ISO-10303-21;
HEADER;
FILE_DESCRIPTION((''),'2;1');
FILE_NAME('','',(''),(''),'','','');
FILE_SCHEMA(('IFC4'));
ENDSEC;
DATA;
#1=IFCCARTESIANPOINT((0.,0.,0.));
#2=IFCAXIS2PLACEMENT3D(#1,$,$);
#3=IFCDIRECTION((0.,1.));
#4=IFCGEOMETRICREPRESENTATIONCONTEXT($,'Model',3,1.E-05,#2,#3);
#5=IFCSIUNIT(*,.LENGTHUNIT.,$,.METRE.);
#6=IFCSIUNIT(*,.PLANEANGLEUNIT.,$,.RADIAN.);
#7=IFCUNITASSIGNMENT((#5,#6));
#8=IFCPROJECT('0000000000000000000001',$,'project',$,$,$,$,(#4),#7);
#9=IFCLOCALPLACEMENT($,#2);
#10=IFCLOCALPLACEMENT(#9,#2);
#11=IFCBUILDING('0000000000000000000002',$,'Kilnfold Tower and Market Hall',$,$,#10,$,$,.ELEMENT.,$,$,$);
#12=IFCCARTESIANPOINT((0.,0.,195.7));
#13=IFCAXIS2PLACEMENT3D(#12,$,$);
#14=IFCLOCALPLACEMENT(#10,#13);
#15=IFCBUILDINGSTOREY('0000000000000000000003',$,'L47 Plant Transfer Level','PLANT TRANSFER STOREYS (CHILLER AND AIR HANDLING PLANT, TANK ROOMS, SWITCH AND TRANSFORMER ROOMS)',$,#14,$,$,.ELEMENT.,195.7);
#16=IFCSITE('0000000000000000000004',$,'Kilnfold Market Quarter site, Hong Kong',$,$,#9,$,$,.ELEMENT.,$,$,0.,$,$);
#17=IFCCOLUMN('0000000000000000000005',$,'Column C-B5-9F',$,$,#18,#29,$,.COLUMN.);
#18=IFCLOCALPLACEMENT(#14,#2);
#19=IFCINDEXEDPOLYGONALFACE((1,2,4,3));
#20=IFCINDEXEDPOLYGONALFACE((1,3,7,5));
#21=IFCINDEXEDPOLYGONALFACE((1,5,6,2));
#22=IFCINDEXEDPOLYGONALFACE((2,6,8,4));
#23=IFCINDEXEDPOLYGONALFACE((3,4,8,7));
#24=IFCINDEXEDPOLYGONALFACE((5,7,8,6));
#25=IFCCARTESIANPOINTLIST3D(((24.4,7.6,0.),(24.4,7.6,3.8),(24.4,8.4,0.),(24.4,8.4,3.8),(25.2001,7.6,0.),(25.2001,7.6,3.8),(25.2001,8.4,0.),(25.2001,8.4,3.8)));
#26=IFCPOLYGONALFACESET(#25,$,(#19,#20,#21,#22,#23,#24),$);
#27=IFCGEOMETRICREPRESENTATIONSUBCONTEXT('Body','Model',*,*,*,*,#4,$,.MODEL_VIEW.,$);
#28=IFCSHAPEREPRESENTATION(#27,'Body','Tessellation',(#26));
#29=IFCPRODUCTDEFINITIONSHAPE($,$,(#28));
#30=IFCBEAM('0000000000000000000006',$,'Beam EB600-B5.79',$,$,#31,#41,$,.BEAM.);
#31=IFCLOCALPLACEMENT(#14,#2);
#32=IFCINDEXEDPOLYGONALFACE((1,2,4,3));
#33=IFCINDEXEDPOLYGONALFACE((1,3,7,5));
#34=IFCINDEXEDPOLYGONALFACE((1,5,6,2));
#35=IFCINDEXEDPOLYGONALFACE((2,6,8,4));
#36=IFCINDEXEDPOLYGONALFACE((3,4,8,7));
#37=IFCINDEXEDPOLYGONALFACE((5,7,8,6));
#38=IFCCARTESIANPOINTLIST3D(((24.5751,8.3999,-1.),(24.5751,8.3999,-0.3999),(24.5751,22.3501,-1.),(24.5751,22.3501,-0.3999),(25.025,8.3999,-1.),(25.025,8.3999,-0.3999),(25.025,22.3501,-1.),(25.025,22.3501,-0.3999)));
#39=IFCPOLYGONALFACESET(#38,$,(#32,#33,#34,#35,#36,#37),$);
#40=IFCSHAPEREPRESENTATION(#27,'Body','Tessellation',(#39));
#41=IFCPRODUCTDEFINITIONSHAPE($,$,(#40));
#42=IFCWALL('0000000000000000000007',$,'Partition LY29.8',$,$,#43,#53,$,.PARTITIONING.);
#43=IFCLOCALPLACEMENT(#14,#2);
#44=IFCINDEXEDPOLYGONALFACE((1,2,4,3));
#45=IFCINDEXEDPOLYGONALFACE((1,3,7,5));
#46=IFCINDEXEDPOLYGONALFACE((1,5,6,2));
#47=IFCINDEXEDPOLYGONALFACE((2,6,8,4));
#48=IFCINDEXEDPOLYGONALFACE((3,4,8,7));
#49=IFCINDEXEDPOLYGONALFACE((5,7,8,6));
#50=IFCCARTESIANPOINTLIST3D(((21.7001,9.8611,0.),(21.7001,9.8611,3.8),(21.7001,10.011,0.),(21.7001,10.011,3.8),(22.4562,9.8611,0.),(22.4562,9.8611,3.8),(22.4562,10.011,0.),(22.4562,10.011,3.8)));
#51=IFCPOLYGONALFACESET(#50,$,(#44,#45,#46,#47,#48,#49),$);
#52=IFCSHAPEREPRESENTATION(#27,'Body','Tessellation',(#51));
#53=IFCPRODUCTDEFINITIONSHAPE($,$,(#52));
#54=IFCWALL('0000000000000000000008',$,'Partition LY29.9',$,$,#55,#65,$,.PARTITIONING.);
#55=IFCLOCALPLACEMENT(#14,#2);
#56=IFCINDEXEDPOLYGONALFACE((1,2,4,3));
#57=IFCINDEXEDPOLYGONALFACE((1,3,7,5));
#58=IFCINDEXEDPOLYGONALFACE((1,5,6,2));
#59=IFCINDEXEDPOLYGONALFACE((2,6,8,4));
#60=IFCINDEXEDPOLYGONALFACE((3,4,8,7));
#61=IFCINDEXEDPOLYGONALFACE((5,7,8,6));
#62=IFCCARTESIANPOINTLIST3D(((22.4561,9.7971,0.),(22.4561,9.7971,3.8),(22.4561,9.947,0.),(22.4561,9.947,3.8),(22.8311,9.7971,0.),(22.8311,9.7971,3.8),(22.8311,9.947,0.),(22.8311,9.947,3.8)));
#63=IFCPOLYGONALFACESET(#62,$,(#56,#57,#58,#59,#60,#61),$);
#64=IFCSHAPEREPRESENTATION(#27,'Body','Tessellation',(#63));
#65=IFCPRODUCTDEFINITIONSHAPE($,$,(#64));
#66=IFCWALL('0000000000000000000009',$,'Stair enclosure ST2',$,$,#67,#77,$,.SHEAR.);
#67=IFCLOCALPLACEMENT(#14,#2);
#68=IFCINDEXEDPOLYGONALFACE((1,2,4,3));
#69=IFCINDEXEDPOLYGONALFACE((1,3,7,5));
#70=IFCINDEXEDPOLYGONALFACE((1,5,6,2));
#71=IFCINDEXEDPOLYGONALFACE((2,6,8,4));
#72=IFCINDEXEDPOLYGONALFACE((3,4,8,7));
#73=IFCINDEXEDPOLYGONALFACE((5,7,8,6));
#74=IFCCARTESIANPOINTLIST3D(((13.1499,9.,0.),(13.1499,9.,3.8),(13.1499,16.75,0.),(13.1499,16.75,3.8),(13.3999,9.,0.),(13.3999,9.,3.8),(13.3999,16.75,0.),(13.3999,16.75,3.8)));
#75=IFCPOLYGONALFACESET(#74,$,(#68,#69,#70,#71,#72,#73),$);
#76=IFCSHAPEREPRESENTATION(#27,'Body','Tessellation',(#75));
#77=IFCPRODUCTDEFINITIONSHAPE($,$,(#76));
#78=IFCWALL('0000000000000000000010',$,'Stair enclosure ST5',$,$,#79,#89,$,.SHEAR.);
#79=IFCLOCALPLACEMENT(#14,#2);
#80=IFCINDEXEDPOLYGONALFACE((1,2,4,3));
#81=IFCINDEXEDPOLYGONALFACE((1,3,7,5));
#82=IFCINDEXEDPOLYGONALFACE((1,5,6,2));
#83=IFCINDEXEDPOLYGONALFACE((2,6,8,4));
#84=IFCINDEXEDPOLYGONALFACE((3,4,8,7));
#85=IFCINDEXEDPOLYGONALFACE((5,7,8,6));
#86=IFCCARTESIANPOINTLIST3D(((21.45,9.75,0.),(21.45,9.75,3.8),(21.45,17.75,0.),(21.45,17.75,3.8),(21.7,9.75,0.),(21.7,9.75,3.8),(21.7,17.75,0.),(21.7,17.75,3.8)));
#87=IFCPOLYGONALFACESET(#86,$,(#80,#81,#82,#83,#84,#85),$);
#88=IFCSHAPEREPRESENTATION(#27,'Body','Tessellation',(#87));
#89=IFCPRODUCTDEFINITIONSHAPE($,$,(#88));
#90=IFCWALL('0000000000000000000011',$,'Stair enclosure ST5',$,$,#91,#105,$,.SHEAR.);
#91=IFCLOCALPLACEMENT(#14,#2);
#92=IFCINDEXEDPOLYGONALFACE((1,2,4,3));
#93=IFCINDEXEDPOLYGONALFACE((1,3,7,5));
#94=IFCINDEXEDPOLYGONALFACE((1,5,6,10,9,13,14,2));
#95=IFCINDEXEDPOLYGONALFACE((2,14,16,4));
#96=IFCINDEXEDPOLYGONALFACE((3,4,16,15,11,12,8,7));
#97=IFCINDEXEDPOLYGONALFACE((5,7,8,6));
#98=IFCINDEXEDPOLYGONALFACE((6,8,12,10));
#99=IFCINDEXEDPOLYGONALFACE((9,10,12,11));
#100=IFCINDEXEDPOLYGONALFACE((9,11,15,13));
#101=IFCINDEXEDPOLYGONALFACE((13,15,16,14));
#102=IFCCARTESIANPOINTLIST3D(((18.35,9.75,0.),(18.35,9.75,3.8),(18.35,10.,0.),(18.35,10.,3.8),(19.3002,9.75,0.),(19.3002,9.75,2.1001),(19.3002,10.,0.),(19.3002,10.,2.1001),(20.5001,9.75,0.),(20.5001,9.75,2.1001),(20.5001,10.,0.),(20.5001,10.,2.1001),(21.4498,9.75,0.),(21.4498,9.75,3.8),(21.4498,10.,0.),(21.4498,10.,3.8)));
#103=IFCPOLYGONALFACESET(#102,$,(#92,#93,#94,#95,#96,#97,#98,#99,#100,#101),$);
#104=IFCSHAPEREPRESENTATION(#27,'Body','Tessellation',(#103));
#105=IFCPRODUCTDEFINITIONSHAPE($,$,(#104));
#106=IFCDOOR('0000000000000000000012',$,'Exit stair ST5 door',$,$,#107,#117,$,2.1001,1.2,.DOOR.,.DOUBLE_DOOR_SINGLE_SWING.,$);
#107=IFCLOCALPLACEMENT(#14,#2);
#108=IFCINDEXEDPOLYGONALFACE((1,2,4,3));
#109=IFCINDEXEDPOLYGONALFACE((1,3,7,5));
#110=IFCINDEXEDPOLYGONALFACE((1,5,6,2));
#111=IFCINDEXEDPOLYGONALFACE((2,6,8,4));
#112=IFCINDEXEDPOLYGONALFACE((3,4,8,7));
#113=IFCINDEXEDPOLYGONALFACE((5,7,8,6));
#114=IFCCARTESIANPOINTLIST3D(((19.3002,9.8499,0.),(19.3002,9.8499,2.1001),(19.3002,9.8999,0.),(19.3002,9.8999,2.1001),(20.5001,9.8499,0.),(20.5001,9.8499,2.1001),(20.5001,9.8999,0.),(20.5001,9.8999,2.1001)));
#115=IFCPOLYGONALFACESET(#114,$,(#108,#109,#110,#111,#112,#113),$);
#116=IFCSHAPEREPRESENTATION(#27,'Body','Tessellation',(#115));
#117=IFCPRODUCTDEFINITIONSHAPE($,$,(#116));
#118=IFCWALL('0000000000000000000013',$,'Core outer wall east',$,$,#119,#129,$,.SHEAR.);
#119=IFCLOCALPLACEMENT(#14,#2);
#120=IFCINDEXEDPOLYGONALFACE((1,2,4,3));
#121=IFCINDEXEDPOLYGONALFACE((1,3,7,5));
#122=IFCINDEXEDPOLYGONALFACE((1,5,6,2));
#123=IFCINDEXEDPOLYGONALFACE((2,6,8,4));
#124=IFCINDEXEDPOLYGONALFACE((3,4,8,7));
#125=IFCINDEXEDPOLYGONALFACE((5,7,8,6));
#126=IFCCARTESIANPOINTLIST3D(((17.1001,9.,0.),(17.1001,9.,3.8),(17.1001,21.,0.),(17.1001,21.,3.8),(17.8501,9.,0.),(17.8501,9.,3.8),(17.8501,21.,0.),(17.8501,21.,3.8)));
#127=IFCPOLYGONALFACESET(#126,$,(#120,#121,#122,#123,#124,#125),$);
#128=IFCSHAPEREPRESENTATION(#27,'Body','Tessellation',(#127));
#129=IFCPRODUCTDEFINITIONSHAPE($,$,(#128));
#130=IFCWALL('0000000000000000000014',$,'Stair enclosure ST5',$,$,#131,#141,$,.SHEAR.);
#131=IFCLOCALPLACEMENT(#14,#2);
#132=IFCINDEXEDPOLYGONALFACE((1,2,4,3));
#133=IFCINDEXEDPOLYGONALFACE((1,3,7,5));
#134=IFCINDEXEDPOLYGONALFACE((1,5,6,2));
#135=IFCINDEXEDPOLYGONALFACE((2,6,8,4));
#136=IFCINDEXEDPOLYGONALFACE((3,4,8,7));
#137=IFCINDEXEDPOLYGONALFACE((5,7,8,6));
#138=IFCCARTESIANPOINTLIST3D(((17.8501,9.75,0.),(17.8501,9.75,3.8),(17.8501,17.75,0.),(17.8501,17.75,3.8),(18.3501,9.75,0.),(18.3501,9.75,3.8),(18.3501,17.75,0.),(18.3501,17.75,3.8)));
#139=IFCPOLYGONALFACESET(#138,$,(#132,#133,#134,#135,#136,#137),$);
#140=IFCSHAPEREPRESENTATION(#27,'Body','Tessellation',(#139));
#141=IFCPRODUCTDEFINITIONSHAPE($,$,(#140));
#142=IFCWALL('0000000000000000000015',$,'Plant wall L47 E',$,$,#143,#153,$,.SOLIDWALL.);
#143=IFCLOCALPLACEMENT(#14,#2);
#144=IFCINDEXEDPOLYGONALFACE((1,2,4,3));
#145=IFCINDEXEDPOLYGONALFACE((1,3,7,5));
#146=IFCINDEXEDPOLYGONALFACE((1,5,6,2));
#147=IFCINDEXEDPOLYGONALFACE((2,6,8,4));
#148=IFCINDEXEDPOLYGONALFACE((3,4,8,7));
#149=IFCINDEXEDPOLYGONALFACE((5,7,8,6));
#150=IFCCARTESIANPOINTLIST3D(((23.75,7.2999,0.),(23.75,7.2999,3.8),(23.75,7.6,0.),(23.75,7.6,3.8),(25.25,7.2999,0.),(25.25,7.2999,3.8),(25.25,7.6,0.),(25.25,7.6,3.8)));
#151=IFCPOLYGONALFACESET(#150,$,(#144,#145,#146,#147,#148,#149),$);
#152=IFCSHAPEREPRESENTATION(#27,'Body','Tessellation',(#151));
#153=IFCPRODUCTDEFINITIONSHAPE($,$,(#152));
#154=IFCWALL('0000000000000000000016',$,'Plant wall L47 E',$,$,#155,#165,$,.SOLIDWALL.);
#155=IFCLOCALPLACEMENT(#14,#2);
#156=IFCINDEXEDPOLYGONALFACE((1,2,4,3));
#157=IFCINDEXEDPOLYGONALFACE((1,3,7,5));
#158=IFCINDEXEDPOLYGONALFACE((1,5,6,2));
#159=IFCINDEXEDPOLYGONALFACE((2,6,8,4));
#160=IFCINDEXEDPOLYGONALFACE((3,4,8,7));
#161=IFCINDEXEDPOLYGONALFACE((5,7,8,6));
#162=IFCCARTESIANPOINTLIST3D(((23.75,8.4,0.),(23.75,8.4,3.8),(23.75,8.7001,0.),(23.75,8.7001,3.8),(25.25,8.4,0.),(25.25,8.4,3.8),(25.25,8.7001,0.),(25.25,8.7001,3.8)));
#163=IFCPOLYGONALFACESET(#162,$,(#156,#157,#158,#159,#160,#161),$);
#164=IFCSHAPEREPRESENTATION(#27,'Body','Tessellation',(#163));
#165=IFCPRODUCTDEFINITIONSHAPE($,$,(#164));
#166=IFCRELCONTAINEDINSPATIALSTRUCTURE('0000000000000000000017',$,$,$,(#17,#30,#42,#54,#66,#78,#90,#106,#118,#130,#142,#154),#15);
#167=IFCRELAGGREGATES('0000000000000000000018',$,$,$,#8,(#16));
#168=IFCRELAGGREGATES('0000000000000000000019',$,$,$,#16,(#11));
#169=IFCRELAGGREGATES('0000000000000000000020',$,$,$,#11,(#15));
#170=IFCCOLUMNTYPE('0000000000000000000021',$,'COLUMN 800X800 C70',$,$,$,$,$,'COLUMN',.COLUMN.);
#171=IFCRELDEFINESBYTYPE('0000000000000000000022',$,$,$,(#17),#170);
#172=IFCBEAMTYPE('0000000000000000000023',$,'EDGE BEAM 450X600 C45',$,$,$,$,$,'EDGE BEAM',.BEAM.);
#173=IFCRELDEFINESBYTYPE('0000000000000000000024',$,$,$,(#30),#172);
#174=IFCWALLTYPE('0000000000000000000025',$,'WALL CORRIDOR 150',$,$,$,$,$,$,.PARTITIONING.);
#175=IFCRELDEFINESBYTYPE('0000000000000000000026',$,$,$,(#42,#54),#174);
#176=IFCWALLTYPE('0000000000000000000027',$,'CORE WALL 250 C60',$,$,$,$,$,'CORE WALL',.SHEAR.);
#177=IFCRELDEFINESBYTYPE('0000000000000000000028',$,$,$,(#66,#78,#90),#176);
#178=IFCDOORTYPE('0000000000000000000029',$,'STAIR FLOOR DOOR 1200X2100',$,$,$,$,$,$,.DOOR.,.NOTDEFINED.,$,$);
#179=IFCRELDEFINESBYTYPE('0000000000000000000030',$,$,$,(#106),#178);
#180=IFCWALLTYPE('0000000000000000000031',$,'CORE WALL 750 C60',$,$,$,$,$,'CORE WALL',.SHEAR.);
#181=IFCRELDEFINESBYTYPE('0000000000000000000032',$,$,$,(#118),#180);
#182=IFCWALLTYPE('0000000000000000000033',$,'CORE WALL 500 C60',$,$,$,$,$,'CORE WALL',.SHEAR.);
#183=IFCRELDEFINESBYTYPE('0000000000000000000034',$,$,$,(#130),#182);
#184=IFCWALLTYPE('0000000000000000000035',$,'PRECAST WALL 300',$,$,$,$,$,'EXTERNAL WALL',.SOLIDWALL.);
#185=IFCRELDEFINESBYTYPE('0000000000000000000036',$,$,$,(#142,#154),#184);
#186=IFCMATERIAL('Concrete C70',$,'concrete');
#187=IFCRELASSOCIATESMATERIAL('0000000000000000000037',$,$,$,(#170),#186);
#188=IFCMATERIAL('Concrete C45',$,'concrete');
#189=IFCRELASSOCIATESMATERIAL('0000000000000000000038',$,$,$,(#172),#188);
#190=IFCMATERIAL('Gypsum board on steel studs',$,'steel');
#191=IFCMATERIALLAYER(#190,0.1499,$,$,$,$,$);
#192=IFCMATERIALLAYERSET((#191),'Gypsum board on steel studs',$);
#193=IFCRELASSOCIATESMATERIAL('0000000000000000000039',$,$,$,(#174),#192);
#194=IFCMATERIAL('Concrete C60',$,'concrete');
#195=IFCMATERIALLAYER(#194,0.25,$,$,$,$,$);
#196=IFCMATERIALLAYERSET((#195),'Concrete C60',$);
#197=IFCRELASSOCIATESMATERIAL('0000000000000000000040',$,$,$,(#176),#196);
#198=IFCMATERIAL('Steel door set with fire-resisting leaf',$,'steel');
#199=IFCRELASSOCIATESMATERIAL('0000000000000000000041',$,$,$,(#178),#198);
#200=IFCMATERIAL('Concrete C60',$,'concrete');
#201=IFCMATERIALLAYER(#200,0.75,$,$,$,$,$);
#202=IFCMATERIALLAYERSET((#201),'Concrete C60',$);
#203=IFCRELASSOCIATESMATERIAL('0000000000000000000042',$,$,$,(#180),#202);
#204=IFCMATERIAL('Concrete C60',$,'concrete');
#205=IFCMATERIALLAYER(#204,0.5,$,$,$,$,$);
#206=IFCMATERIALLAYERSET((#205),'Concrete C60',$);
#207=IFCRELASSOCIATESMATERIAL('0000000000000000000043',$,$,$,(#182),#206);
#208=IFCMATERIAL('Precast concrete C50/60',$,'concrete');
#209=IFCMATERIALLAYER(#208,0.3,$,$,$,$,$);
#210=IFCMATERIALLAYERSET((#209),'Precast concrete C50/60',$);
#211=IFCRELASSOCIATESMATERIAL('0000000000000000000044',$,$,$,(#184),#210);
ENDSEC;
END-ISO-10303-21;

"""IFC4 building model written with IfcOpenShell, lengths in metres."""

from ifc_helpers import new_model, si_unit, direction, frame, frame_2d, origin, origin_2d, place, context, subcontext, project, spatial, rectangle, extrude, source, transform, mapped, material, layer, layer_set, material_profile, profile_set, type_object, element, fill, save


model = new_model("IFC4")

# Units and contexts
model_context = context("Model", 3, precision=1e-05, world=origin(), true_north=direction((0.0, 1.0)))
body_context = subcontext(model_context, "Body", "Model", "MODEL_VIEW")
ifc_project = project(units=[si_unit("LENGTHUNIT", "METRE"), si_unit("PLANEANGLEUNIT", "RADIAN")], contexts=[model_context])

# Site, building, storey
site_placement = place(None, origin())
site = spatial("IfcSite", under=ifc_project, at=site_placement, Name="Kilnfold Market Quarter site, Hong Kong", CompositionType="ELEMENT", RefElevation=0.0)
building_placement = place(site_placement, origin())
building = spatial("IfcBuilding", under=site, at=building_placement, Name="Kilnfold Tower and Market Hall", CompositionType="ELEMENT")
storey_placement = place(building_placement, frame((0.0, 0.0, 195.7)))
storey = spatial("IfcBuildingStorey", under=building, at=storey_placement, Name="L47 Plant Transfer Level", Description="PLANT TRANSFER STOREYS (CHILLER AND AIR HANDLING PLANT, TANK ROOMS, SWITCH AND TRANSFORMER ROOMS)", CompositionType="ELEMENT", Elevation=195.7)

# Column
ifc_material_1 = material(Name="Concrete C70", Category="concrete")
ifc_material_profile_1 = material_profile(ifc_material_1, rectangle(XDim=0.8, YDim=0.8, at=origin_2d()), Name="RC 800x800")
ifc_profile_set_1 = profile_set([ifc_material_profile_1], Name="Concrete C70")
column_type = type_object("IfcColumnType", Name="COLUMN 800X800 C70", ElementType="COLUMN", PredefinedType="COLUMN", material=ifc_profile_set_1)
shared_shape_1 = source(origin(), body_context, "Body", "SweptSolid", [
    extrude(rectangle(XDim=0.8, YDim=0.8, at=origin_2d()), origin(), (0.0, 0.0, 1.0), 3.8),
])
column_placement = place(storey_placement, frame((24.8, 8.0, 0.0), z_axis=(0.0, 0.0, 1.0), x_axis=(1.0, 0.0, 0.0)))
element("IfcColumn", 1, at=column_placement, inside=storey, type_object=column_type, Name="Column C-B5-9F", PredefinedType="COLUMN", context=body_context, shape_type="MappedRepresentation", body=[
    mapped(shared_shape_1, transform((0.0, 0.0, 0.0))),
])

# Beam
ifc_material_2 = material(Name="Concrete C45", Category="concrete")
ifc_material_profile_2 = material_profile(ifc_material_2, rectangle(XDim=0.45, YDim=0.6001, at=origin_2d()), Name="RC 450x600")
ifc_profile_set_2 = profile_set([ifc_material_profile_2], Name="Concrete C45")
beam_type = type_object("IfcBeamType", Name="EDGE BEAM 450X600 C45", ElementType="EDGE BEAM", PredefinedType="BEAM", material=ifc_profile_set_2)
shared_shape_2 = source(origin(), body_context, "Body", "SweptSolid", [
    extrude(rectangle(XDim=0.45, YDim=0.6001, at=origin_2d()), origin(), (0.0, 0.0, 1.0), 13.9502),
])
beam_placement = place(storey_placement, frame((24.8, 8.3999, -0.7), z_axis=(0.0, 1.0, 0.0), x_axis=(-1.0, 0.0, 0.0)))
element("IfcBeam", 2, at=beam_placement, inside=storey, type_object=beam_type, Name="Beam EB600-B5.79", PredefinedType="BEAM", context=body_context, shape_type="MappedRepresentation", body=[
    mapped(shared_shape_2, transform((0.0, 0.0, 0.0))),
])

# Walls
ifc_material_3 = material(Name="Gypsum board on steel studs", Category="steel")
ifc_layer_1 = layer(ifc_material_3, 0.1499)
ifc_layer_set_1 = layer_set([ifc_layer_1], Name="Gypsum board on steel studs")
wall_type_1 = type_object("IfcWallType", Name="WALL CORRIDOR 150", PredefinedType="PARTITIONING", material=ifc_layer_set_1)
wall_1_placement = place(storey_placement, frame((22.4561, 9.936, 0.0), z_axis=(0.0, 0.0, 1.0), x_axis=(-1.0, 0.0, 0.0)))
element("IfcWall", 3, at=wall_1_placement, inside=storey, type_object=wall_type_1, Name="Partition LY29.8", PredefinedType="PARTITIONING", context=body_context, shape_type="SweptSolid", body=[
    extrude(rectangle(XDim=0.7561, YDim=0.1499, at=frame_2d((0.3779, 0.0))), origin(), (0.0, 0.0, 1.0), 3.8),
])
wall_2_placement = place(storey_placement, frame((22.8311, 9.8721, 0.0), z_axis=(0.0, 0.0, 1.0), x_axis=(-1.0, 0.0, 0.0)))
element("IfcWall", 4, at=wall_2_placement, inside=storey, type_object=wall_type_1, Name="Partition LY29.9", PredefinedType="PARTITIONING", context=body_context, shape_type="SweptSolid", body=[
    extrude(rectangle(XDim=0.375, YDim=0.1499, at=frame_2d((0.1875, 0.0))), origin(), (0.0, 0.0, 1.0), 3.8),
])
ifc_material_4 = material(Name="Concrete C60", Category="concrete")
ifc_layer_2 = layer(ifc_material_4, 0.25)
ifc_layer_set_2 = layer_set([ifc_layer_2], Name="Concrete C60")
wall_type_2 = type_object("IfcWallType", Name="CORE WALL 250 C60", ElementType="CORE WALL", PredefinedType="SHEAR", material=ifc_layer_set_2)
shared_shape_3 = source(origin(), body_context, "Body", "SweptSolid", [
    extrude(rectangle(XDim=7.75, YDim=0.25, at=frame_2d((3.875, 0.0))), origin(), (0.0, 0.0, 1.0), 3.8),
])
wall_3_placement = place(storey_placement, frame((13.2749, 9.0, 0.0), z_axis=(0.0, 0.0, 1.0), x_axis=(0.0, 1.0, 0.0)))
element("IfcWall", 5, at=wall_3_placement, inside=storey, type_object=wall_type_2, Name="Stair enclosure ST2", PredefinedType="SHEAR", context=body_context, shape_type="MappedRepresentation", body=[
    mapped(shared_shape_3, transform((0.0, 0.0, 0.0))),
])
shared_shape_4 = source(origin(), body_context, "Body", "SweptSolid", [
    extrude(rectangle(XDim=8.0, YDim=0.25, at=frame_2d((4.0, 0.0))), origin(), (0.0, 0.0, 1.0), 3.8),
])
wall_4_placement = place(storey_placement, frame((21.575, 9.75, 0.0), z_axis=(0.0, 0.0, 1.0), x_axis=(0.0, 1.0, 0.0)))
element("IfcWall", 6, at=wall_4_placement, inside=storey, type_object=wall_type_2, Name="Stair enclosure ST5", PredefinedType="SHEAR", context=body_context, shape_type="MappedRepresentation", body=[
    mapped(shared_shape_4, transform((0.0, 0.0, 0.0))),
])

# Wall, opening, door
shared_shape_5 = source(origin(), body_context, "Body", "SweptSolid", [
    extrude(rectangle(XDim=3.0999, YDim=0.25, at=frame_2d((1.5498, 0.0))), origin(), (0.0, 0.0, 1.0), 3.8),
])
wall_5_placement = place(storey_placement, frame((18.3501, 9.875, 0.0), z_axis=(0.0, 0.0, 1.0), x_axis=(1.0, 0.0, 0.0)))
wall_5 = element("IfcWall", 7, at=wall_5_placement, inside=storey, type_object=wall_type_2, Name="Stair enclosure ST5", PredefinedType="SHEAR", context=body_context, shape_type="MappedRepresentation", body=[
    mapped(shared_shape_5, transform((0.0, 0.0, 0.0))),
])
opening_placement = place(wall_5_placement, frame((0.95, 0.0, 0.0)))
opening = element("IfcOpeningElement", 8, at=opening_placement, cuts=wall_5, PredefinedType="OPENING", context=body_context, shape_type="SweptSolid", body=[
    extrude(rectangle(XDim=1.2, YDim=2.1001, at=frame_2d((0.6001, 1.05))), frame((0.0, 0.135, 0.0), z_axis=(0.0, -1.0, 0.0), x_axis=(1.0, 0.0, 0.0)), (0.0, 0.0, 1.0), 0.27),
])
ifc_material_5 = material(Name="Steel door set with fire-resisting leaf", Category="steel")
door_type = type_object("IfcDoorType", Name="STAIR FLOOR DOOR 1200X2100", OperationType="NOTDEFINED", PredefinedType="DOOR", material=ifc_material_5)
door_placement = place(opening_placement, origin())
door = element("IfcDoor", 9, at=door_placement, inside=storey, type_object=door_type, Name="Exit stair ST5 door", OperationType="DOUBLE_DOOR_SINGLE_SWING", OverallHeight=2.1001, OverallWidth=1.2, PredefinedType="DOOR", context=body_context, shape_type="SweptSolid", body=[
    extrude(rectangle(XDim=1.2, YDim=2.1001, at=frame_2d((0.6001, 1.05))), frame((0.0, 0.0249, 0.0), z_axis=(0.0, -1.0, 0.0), x_axis=(1.0, 0.0, 0.0)), (0.0, 0.0, 1.0), 0.05),
])
fill(opening, door)

# Walls
ifc_material_6 = material(Name="Concrete C60", Category="concrete")
ifc_layer_3 = layer(ifc_material_6, 0.75)
ifc_layer_set_3 = layer_set([ifc_layer_3], Name="Concrete C60")
wall_type_3 = type_object("IfcWallType", Name="CORE WALL 750 C60", ElementType="CORE WALL", PredefinedType="SHEAR", material=ifc_layer_set_3)
shared_shape_6 = source(origin(), body_context, "Body", "SweptSolid", [
    extrude(rectangle(XDim=12.0, YDim=0.75, at=frame_2d((6.0, 0.0))), origin(), (0.0, 0.0, 1.0), 3.8),
])
wall_6_placement = place(storey_placement, frame((17.4751, 9.0, 0.0), z_axis=(0.0, 0.0, 1.0), x_axis=(0.0, 1.0, 0.0)))
element("IfcWall", 10, at=wall_6_placement, inside=storey, type_object=wall_type_3, Name="Core outer wall east", PredefinedType="SHEAR", context=body_context, shape_type="MappedRepresentation", body=[
    mapped(shared_shape_6, transform((0.0, 0.0, 0.0))),
])
ifc_material_7 = material(Name="Concrete C60", Category="concrete")
ifc_layer_4 = layer(ifc_material_7, 0.5)
ifc_layer_set_4 = layer_set([ifc_layer_4], Name="Concrete C60")
wall_type_4 = type_object("IfcWallType", Name="CORE WALL 500 C60", ElementType="CORE WALL", PredefinedType="SHEAR", material=ifc_layer_set_4)
shared_shape_7 = source(origin(), body_context, "Body", "SweptSolid", [
    extrude(rectangle(XDim=8.0, YDim=0.5, at=frame_2d((4.0, 0.0))), origin(), (0.0, 0.0, 1.0), 3.8),
])
wall_7_placement = place(storey_placement, frame((18.1001, 9.75, 0.0), z_axis=(0.0, 0.0, 1.0), x_axis=(0.0, 1.0, 0.0)))
element("IfcWall", 11, at=wall_7_placement, inside=storey, type_object=wall_type_4, Name="Stair enclosure ST5", PredefinedType="SHEAR", context=body_context, shape_type="MappedRepresentation", body=[
    mapped(shared_shape_7, transform((0.0, 0.0, 0.0))),
])
ifc_material_8 = material(Name="Precast concrete C50/60", Category="concrete")
ifc_layer_5 = layer(ifc_material_8, 0.3)
ifc_layer_set_5 = layer_set([ifc_layer_5], Name="Precast concrete C50/60")
wall_type_5 = type_object("IfcWallType", Name="PRECAST WALL 300", ElementType="EXTERNAL WALL", PredefinedType="SOLIDWALL", material=ifc_layer_set_5)
shared_shape_8 = source(origin(), body_context, "Body", "SweptSolid", [
    extrude(rectangle(XDim=1.5, YDim=0.3, at=frame_2d((0.75, 0.0))), origin(), (0.0, 0.0, 1.0), 3.8),
])
for number, where, z_axis, x_axis, name in (
    (12, (25.25, 7.45, 0.0), (0.0, 0.0, 1.0), (-1.0, 0.0, 0.0), "Plant wall L47 E"),
    (13, (25.25, 8.55, 0.0), (0.0, 0.0, 1.0), (-1.0, 0.0, 0.0), "Plant wall L47 E"),
):
    element("IfcWall", number, at=place(storey_placement, frame(where, z_axis=z_axis, x_axis=x_axis)), inside=storey, type_object=wall_type_5, Name=name, PredefinedType="SOLIDWALL", context=body_context, shape_type="MappedRepresentation", body=[
        mapped(shared_shape_8, transform((0.0, 0.0, 0.0))),
    ])

save(model, "model.ifc")
